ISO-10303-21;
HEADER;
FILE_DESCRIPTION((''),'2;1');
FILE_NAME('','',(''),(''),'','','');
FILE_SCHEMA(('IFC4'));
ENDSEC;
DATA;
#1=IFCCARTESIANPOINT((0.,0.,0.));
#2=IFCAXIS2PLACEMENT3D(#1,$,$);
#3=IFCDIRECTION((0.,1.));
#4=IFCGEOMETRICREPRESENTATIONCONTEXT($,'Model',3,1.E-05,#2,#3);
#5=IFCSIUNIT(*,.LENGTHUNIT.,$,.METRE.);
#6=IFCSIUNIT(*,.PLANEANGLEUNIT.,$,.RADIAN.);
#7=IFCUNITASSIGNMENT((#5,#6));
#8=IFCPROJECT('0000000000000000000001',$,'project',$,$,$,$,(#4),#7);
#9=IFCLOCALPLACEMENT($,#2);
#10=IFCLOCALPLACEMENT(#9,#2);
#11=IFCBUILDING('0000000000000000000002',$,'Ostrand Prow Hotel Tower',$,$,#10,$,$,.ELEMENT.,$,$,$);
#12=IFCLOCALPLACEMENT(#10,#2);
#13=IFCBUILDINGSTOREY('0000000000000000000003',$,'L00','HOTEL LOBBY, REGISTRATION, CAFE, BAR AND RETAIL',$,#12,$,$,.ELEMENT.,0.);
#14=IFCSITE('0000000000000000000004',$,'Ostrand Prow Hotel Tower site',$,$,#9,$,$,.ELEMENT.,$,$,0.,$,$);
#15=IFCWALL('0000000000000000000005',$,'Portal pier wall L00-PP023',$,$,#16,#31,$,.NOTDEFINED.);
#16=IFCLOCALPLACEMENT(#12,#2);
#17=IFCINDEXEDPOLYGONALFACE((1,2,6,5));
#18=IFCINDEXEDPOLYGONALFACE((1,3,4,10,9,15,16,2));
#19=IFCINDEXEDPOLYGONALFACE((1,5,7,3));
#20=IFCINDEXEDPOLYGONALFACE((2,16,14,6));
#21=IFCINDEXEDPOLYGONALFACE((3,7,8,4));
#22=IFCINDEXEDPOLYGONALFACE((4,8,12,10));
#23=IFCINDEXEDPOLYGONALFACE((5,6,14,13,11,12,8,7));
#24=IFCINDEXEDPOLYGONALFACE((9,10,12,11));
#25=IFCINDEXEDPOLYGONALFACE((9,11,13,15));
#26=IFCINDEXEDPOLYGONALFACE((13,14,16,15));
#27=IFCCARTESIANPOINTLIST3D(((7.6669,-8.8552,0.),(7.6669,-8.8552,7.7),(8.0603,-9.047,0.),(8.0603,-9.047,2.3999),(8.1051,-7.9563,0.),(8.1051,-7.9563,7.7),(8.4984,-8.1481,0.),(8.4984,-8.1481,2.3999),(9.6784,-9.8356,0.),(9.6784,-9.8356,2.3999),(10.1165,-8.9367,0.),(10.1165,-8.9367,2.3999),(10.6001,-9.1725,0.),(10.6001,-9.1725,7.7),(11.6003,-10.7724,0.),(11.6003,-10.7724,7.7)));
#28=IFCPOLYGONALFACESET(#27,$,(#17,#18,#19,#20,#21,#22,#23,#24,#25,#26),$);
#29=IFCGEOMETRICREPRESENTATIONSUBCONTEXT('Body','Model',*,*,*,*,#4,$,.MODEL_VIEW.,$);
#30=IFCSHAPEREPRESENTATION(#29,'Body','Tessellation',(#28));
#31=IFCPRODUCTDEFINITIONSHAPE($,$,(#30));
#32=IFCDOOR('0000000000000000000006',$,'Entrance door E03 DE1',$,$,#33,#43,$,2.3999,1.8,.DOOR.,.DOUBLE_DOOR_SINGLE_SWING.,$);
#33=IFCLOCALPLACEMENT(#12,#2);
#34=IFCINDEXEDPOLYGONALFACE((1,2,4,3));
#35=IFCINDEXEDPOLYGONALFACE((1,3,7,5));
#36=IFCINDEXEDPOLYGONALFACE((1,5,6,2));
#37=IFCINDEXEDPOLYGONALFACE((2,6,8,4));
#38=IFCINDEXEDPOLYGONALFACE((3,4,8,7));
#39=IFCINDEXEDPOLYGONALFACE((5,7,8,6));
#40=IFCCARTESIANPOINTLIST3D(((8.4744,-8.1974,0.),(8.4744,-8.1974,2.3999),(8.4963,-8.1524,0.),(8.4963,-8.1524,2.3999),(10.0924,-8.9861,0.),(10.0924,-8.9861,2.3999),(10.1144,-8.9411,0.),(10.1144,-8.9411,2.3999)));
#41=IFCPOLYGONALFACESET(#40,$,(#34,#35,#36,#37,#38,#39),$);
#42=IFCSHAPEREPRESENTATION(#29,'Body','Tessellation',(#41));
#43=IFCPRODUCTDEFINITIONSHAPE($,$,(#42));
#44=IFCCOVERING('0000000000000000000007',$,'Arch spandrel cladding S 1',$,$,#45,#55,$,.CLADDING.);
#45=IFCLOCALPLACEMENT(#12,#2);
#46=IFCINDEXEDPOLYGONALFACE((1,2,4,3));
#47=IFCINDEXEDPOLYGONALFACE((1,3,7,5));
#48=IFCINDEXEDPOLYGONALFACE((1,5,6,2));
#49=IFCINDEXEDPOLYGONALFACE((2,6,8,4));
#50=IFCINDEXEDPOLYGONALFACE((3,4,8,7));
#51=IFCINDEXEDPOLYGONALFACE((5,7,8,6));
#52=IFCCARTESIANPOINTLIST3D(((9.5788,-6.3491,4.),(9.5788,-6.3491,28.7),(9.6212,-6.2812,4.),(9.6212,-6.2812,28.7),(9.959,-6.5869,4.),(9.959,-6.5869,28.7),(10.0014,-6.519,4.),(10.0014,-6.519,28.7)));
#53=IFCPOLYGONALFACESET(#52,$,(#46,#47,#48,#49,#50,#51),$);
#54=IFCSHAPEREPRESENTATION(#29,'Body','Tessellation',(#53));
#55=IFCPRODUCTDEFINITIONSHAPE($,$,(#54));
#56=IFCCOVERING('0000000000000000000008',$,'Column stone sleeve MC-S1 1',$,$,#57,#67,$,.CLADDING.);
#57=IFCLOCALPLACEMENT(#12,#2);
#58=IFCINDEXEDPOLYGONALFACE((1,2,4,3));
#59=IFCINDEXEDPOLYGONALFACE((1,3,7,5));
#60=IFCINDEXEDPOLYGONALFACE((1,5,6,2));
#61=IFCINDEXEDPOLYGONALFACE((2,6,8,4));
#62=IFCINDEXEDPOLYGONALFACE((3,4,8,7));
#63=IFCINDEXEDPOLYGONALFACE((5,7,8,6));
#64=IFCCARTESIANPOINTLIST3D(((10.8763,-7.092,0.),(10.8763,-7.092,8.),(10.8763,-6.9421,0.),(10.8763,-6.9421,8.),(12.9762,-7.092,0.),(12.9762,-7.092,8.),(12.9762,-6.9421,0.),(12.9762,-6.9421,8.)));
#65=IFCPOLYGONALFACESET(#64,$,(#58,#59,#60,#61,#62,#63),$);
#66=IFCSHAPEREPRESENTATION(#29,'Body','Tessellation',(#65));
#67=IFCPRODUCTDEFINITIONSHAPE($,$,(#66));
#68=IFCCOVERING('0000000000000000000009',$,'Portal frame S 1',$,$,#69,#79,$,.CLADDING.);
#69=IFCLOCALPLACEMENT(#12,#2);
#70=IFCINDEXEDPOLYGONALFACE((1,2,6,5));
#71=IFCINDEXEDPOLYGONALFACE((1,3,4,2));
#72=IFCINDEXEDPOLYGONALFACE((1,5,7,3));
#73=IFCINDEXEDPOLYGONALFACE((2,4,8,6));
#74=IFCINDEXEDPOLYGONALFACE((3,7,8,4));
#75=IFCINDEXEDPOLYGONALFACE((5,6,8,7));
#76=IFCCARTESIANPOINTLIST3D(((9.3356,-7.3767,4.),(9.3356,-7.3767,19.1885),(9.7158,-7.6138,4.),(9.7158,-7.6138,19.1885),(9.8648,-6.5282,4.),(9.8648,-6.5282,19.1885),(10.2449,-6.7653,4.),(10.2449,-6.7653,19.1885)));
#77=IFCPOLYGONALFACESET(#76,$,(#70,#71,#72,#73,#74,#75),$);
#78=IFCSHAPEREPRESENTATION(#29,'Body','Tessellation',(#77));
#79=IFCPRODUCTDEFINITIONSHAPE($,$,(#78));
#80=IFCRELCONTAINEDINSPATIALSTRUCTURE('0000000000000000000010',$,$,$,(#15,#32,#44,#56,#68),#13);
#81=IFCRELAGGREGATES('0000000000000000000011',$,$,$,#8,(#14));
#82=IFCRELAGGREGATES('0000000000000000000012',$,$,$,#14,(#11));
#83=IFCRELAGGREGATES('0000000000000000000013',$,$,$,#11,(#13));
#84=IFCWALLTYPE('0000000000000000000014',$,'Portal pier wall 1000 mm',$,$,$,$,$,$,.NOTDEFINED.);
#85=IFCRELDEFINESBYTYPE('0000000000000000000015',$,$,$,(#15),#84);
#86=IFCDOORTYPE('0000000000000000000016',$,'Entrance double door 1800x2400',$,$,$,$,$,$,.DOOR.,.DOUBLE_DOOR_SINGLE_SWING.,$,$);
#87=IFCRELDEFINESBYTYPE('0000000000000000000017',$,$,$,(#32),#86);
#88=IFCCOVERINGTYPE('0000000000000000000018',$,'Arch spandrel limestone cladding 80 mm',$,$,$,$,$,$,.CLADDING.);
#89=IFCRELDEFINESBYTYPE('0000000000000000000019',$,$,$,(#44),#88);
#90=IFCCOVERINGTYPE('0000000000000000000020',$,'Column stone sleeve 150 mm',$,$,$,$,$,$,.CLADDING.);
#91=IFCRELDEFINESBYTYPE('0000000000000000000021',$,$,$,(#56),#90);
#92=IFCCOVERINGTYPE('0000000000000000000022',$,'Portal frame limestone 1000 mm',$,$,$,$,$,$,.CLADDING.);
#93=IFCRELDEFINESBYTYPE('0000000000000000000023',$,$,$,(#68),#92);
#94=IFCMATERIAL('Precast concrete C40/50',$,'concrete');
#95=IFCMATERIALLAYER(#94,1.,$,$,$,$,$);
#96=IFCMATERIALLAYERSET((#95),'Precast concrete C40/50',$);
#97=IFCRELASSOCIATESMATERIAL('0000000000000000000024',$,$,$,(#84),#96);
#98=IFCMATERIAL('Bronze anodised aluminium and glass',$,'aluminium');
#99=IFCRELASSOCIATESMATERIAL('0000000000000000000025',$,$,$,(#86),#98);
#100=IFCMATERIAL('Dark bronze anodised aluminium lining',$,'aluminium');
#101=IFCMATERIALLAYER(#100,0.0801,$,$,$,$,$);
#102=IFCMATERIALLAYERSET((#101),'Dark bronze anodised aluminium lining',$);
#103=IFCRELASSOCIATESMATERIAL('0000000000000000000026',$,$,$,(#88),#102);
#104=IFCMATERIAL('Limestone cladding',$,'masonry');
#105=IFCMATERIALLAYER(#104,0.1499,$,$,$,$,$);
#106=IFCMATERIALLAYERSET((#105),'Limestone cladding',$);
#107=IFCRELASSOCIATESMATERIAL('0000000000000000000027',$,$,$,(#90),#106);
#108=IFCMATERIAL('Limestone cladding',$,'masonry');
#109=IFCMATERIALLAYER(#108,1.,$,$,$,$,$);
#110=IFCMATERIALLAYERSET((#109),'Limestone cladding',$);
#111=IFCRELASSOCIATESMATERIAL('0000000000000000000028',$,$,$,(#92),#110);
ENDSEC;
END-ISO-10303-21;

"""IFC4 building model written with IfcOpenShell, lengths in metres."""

from ifc_helpers import new_model, si_unit, direction, frame, frame_2d, origin, place, context, subcontext, project, spatial, polyline, rectangle, outline, extrude, material, layer, layer_set, type_object, element, fill, save


model = new_model("IFC4")

# Units and contexts
model_context = context("Model", 3, precision=1e-05, world=origin(), true_north=direction((0.0, 1.0)))
body_context = subcontext(model_context, "Body", "Model", "MODEL_VIEW")
ifc_project = project(units=[si_unit("LENGTHUNIT", "METRE"), si_unit("PLANEANGLEUNIT", "RADIAN")], contexts=[model_context])

# Site, building, storey
site_placement = place(None, origin())
site = spatial("IfcSite", under=ifc_project, at=site_placement, Name="Ostrand Prow Hotel Tower site", CompositionType="ELEMENT", RefElevation=0.0)
building_placement = place(site_placement, origin())
building = spatial("IfcBuilding", under=site, at=building_placement, Name="Ostrand Prow Hotel Tower", CompositionType="ELEMENT")
storey_placement = place(building_placement, origin())
storey = spatial("IfcBuildingStorey", under=building, at=storey_placement, Name="L00", Description="HOTEL LOBBY, REGISTRATION, CAFE, BAR AND RETAIL", CompositionType="ELEMENT", Elevation=0.0)

# Shared definitions
ifc_material_1 = material(Name="Precast concrete C40/50", Category="concrete")
ifc_layer_1 = layer(ifc_material_1, 1.0)
ifc_layer_set_1 = layer_set([ifc_layer_1], Name="Precast concrete C40/50")
wall_type_1 = type_object("IfcWallType", Name="Portal pier wall 1000 mm", PredefinedType="NOTDEFINED", material=ifc_layer_set_1)

# Wall, opening, door
wall_1_placement = place(storey_placement, frame((7.886, -8.4058, 0.0), z_axis=(0.0, 0.0, 1.0), x_axis=(0.898902, -0.438151, 0.0)))
wall_1 = element("IfcWall", 1, at=wall_1_placement, inside=storey, type_object=wall_type_1, Name="Portal pier wall L00-PP023", PredefinedType="NOTDEFINED", context=body_context, shape_type="SweptSolid", body=[
    extrude(outline(polyline([(0.0, -0.5), (4.3757, -0.5), (2.7756, 0.5), (0.0, 0.5), (0.0, -0.5)])), origin(), (0.0, 0.0, 1.0), 7.7),
])
opening_1_placement = place(wall_1_placement, frame((0.4377, 0.0, 0.0)))
opening_1 = element("IfcOpeningElement", 2, at=opening_1_placement, cuts=wall_1, PredefinedType="OPENING", context=body_context, shape_type="SweptSolid", body=[
    extrude(rectangle(XDim=1.8, YDim=2.3999, at=frame_2d((0.8999, 1.2))), frame((0.0, 0.51, 0.0), z_axis=(0.0, -1.0, 0.0), x_axis=(1.0, 0.0, 0.0)), (0.0, 0.0, 1.0), 1.02),
])
ifc_material_2 = material(Name="Bronze anodised aluminium and glass", Category="aluminium")
door_type = type_object("IfcDoorType", Name="Entrance double door 1800x2400", OperationType="DOUBLE_DOOR_SINGLE_SWING", PredefinedType="DOOR", material=ifc_material_2)
door_placement = place(opening_1_placement, origin())
door = element("IfcDoor", 3, at=door_placement, inside=storey, type_object=door_type, Name="Entrance door E03 DE1", OperationType="DOUBLE_DOOR_SINGLE_SWING", OverallHeight=2.3999, OverallWidth=1.8, PredefinedType="DOOR", context=body_context, shape_type="SweptSolid", body=[
    extrude(rectangle(XDim=1.8, YDim=2.3999, at=frame_2d((0.8999, 1.2))), frame((0.0, 0.4951, 0.0), z_axis=(0.0, -1.0, 0.0), x_axis=(1.0, 0.0, 0.0)), (0.0, 0.0, 1.0), 0.05),
])
fill(opening_1, door)

# Coverings
ifc_material_3 = material(Name="Dark bronze anodised aluminium lining", Category="aluminium")
ifc_layer_2 = layer(ifc_material_3, 0.0801)
ifc_layer_set_2 = layer_set([ifc_layer_2], Name="Dark bronze anodised aluminium lining")
covering_type_1 = type_object("IfcCoveringType", Name="Arch spandrel limestone cladding 80 mm", PredefinedType="CLADDING", material=ifc_layer_set_2)
covering_1_placement = place(storey_placement, frame((9.6001, -6.3152, 4.0), z_axis=(0.0, 0.0, 1.0), x_axis=(0.847784, -0.530342, 0.0)))
element("IfcCovering", 4, at=covering_1_placement, inside=storey, type_object=covering_type_1, Name="Arch spandrel cladding S 1", PredefinedType="CLADDING", context=body_context, shape_type="SweptSolid", body=[
    extrude(rectangle(XDim=0.4485, YDim=0.0801, at=frame_2d((0.2241, 0.0))), origin(), (0.0, 0.0, 1.0), 24.7),
])
ifc_material_4 = material(Name="Limestone cladding", Category="masonry")
ifc_layer_3 = layer(ifc_material_4, 0.1499)
ifc_layer_set_3 = layer_set([ifc_layer_3], Name="Limestone cladding")
covering_type_2 = type_object("IfcCoveringType", Name="Column stone sleeve 150 mm", PredefinedType="CLADDING", material=ifc_layer_set_3)
covering_2_placement = place(storey_placement, frame((10.8765, -7.0171, 0.0), z_axis=(0.0, 0.0, 1.0), x_axis=(1.0, 0.0, 0.0)))
element("IfcCovering", 5, at=covering_2_placement, inside=storey, type_object=covering_type_2, Name="Column stone sleeve MC-S1 1", PredefinedType="CLADDING", context=body_context, shape_type="SweptSolid", body=[
    extrude(rectangle(XDim=2.0999, YDim=0.1499, at=frame_2d((1.0498, 0.0))), origin(), (0.0, 0.0, 1.0), 8.0),
])
ifc_material_5 = material(Name="Limestone cladding", Category="masonry")
ifc_layer_4 = layer(ifc_material_5, 1.0)
ifc_layer_set_4 = layer_set([ifc_layer_4], Name="Limestone cladding")
covering_type_3 = type_object("IfcCoveringType", Name="Portal frame limestone 1000 mm", PredefinedType="CLADDING", material=ifc_layer_set_4)
covering_3_placement = place(storey_placement, frame((9.6001, -6.9524, 4.0), z_axis=(0.0, 0.0, 1.0), x_axis=(0.848518, -0.529166, 0.0)))
element("IfcCovering", 6, at=covering_3_placement, inside=storey, type_object=covering_type_3, Name="Portal frame S 1", PredefinedType="CLADDING", context=body_context, shape_type="SweptSolid", body=[
    extrude(rectangle(XDim=0.448, YDim=1.0, at=frame_2d((0.2241, 0.0))), origin(), (0.0, 0.0, 1.0), 15.1885),
])

save(model, "model.ifc")
